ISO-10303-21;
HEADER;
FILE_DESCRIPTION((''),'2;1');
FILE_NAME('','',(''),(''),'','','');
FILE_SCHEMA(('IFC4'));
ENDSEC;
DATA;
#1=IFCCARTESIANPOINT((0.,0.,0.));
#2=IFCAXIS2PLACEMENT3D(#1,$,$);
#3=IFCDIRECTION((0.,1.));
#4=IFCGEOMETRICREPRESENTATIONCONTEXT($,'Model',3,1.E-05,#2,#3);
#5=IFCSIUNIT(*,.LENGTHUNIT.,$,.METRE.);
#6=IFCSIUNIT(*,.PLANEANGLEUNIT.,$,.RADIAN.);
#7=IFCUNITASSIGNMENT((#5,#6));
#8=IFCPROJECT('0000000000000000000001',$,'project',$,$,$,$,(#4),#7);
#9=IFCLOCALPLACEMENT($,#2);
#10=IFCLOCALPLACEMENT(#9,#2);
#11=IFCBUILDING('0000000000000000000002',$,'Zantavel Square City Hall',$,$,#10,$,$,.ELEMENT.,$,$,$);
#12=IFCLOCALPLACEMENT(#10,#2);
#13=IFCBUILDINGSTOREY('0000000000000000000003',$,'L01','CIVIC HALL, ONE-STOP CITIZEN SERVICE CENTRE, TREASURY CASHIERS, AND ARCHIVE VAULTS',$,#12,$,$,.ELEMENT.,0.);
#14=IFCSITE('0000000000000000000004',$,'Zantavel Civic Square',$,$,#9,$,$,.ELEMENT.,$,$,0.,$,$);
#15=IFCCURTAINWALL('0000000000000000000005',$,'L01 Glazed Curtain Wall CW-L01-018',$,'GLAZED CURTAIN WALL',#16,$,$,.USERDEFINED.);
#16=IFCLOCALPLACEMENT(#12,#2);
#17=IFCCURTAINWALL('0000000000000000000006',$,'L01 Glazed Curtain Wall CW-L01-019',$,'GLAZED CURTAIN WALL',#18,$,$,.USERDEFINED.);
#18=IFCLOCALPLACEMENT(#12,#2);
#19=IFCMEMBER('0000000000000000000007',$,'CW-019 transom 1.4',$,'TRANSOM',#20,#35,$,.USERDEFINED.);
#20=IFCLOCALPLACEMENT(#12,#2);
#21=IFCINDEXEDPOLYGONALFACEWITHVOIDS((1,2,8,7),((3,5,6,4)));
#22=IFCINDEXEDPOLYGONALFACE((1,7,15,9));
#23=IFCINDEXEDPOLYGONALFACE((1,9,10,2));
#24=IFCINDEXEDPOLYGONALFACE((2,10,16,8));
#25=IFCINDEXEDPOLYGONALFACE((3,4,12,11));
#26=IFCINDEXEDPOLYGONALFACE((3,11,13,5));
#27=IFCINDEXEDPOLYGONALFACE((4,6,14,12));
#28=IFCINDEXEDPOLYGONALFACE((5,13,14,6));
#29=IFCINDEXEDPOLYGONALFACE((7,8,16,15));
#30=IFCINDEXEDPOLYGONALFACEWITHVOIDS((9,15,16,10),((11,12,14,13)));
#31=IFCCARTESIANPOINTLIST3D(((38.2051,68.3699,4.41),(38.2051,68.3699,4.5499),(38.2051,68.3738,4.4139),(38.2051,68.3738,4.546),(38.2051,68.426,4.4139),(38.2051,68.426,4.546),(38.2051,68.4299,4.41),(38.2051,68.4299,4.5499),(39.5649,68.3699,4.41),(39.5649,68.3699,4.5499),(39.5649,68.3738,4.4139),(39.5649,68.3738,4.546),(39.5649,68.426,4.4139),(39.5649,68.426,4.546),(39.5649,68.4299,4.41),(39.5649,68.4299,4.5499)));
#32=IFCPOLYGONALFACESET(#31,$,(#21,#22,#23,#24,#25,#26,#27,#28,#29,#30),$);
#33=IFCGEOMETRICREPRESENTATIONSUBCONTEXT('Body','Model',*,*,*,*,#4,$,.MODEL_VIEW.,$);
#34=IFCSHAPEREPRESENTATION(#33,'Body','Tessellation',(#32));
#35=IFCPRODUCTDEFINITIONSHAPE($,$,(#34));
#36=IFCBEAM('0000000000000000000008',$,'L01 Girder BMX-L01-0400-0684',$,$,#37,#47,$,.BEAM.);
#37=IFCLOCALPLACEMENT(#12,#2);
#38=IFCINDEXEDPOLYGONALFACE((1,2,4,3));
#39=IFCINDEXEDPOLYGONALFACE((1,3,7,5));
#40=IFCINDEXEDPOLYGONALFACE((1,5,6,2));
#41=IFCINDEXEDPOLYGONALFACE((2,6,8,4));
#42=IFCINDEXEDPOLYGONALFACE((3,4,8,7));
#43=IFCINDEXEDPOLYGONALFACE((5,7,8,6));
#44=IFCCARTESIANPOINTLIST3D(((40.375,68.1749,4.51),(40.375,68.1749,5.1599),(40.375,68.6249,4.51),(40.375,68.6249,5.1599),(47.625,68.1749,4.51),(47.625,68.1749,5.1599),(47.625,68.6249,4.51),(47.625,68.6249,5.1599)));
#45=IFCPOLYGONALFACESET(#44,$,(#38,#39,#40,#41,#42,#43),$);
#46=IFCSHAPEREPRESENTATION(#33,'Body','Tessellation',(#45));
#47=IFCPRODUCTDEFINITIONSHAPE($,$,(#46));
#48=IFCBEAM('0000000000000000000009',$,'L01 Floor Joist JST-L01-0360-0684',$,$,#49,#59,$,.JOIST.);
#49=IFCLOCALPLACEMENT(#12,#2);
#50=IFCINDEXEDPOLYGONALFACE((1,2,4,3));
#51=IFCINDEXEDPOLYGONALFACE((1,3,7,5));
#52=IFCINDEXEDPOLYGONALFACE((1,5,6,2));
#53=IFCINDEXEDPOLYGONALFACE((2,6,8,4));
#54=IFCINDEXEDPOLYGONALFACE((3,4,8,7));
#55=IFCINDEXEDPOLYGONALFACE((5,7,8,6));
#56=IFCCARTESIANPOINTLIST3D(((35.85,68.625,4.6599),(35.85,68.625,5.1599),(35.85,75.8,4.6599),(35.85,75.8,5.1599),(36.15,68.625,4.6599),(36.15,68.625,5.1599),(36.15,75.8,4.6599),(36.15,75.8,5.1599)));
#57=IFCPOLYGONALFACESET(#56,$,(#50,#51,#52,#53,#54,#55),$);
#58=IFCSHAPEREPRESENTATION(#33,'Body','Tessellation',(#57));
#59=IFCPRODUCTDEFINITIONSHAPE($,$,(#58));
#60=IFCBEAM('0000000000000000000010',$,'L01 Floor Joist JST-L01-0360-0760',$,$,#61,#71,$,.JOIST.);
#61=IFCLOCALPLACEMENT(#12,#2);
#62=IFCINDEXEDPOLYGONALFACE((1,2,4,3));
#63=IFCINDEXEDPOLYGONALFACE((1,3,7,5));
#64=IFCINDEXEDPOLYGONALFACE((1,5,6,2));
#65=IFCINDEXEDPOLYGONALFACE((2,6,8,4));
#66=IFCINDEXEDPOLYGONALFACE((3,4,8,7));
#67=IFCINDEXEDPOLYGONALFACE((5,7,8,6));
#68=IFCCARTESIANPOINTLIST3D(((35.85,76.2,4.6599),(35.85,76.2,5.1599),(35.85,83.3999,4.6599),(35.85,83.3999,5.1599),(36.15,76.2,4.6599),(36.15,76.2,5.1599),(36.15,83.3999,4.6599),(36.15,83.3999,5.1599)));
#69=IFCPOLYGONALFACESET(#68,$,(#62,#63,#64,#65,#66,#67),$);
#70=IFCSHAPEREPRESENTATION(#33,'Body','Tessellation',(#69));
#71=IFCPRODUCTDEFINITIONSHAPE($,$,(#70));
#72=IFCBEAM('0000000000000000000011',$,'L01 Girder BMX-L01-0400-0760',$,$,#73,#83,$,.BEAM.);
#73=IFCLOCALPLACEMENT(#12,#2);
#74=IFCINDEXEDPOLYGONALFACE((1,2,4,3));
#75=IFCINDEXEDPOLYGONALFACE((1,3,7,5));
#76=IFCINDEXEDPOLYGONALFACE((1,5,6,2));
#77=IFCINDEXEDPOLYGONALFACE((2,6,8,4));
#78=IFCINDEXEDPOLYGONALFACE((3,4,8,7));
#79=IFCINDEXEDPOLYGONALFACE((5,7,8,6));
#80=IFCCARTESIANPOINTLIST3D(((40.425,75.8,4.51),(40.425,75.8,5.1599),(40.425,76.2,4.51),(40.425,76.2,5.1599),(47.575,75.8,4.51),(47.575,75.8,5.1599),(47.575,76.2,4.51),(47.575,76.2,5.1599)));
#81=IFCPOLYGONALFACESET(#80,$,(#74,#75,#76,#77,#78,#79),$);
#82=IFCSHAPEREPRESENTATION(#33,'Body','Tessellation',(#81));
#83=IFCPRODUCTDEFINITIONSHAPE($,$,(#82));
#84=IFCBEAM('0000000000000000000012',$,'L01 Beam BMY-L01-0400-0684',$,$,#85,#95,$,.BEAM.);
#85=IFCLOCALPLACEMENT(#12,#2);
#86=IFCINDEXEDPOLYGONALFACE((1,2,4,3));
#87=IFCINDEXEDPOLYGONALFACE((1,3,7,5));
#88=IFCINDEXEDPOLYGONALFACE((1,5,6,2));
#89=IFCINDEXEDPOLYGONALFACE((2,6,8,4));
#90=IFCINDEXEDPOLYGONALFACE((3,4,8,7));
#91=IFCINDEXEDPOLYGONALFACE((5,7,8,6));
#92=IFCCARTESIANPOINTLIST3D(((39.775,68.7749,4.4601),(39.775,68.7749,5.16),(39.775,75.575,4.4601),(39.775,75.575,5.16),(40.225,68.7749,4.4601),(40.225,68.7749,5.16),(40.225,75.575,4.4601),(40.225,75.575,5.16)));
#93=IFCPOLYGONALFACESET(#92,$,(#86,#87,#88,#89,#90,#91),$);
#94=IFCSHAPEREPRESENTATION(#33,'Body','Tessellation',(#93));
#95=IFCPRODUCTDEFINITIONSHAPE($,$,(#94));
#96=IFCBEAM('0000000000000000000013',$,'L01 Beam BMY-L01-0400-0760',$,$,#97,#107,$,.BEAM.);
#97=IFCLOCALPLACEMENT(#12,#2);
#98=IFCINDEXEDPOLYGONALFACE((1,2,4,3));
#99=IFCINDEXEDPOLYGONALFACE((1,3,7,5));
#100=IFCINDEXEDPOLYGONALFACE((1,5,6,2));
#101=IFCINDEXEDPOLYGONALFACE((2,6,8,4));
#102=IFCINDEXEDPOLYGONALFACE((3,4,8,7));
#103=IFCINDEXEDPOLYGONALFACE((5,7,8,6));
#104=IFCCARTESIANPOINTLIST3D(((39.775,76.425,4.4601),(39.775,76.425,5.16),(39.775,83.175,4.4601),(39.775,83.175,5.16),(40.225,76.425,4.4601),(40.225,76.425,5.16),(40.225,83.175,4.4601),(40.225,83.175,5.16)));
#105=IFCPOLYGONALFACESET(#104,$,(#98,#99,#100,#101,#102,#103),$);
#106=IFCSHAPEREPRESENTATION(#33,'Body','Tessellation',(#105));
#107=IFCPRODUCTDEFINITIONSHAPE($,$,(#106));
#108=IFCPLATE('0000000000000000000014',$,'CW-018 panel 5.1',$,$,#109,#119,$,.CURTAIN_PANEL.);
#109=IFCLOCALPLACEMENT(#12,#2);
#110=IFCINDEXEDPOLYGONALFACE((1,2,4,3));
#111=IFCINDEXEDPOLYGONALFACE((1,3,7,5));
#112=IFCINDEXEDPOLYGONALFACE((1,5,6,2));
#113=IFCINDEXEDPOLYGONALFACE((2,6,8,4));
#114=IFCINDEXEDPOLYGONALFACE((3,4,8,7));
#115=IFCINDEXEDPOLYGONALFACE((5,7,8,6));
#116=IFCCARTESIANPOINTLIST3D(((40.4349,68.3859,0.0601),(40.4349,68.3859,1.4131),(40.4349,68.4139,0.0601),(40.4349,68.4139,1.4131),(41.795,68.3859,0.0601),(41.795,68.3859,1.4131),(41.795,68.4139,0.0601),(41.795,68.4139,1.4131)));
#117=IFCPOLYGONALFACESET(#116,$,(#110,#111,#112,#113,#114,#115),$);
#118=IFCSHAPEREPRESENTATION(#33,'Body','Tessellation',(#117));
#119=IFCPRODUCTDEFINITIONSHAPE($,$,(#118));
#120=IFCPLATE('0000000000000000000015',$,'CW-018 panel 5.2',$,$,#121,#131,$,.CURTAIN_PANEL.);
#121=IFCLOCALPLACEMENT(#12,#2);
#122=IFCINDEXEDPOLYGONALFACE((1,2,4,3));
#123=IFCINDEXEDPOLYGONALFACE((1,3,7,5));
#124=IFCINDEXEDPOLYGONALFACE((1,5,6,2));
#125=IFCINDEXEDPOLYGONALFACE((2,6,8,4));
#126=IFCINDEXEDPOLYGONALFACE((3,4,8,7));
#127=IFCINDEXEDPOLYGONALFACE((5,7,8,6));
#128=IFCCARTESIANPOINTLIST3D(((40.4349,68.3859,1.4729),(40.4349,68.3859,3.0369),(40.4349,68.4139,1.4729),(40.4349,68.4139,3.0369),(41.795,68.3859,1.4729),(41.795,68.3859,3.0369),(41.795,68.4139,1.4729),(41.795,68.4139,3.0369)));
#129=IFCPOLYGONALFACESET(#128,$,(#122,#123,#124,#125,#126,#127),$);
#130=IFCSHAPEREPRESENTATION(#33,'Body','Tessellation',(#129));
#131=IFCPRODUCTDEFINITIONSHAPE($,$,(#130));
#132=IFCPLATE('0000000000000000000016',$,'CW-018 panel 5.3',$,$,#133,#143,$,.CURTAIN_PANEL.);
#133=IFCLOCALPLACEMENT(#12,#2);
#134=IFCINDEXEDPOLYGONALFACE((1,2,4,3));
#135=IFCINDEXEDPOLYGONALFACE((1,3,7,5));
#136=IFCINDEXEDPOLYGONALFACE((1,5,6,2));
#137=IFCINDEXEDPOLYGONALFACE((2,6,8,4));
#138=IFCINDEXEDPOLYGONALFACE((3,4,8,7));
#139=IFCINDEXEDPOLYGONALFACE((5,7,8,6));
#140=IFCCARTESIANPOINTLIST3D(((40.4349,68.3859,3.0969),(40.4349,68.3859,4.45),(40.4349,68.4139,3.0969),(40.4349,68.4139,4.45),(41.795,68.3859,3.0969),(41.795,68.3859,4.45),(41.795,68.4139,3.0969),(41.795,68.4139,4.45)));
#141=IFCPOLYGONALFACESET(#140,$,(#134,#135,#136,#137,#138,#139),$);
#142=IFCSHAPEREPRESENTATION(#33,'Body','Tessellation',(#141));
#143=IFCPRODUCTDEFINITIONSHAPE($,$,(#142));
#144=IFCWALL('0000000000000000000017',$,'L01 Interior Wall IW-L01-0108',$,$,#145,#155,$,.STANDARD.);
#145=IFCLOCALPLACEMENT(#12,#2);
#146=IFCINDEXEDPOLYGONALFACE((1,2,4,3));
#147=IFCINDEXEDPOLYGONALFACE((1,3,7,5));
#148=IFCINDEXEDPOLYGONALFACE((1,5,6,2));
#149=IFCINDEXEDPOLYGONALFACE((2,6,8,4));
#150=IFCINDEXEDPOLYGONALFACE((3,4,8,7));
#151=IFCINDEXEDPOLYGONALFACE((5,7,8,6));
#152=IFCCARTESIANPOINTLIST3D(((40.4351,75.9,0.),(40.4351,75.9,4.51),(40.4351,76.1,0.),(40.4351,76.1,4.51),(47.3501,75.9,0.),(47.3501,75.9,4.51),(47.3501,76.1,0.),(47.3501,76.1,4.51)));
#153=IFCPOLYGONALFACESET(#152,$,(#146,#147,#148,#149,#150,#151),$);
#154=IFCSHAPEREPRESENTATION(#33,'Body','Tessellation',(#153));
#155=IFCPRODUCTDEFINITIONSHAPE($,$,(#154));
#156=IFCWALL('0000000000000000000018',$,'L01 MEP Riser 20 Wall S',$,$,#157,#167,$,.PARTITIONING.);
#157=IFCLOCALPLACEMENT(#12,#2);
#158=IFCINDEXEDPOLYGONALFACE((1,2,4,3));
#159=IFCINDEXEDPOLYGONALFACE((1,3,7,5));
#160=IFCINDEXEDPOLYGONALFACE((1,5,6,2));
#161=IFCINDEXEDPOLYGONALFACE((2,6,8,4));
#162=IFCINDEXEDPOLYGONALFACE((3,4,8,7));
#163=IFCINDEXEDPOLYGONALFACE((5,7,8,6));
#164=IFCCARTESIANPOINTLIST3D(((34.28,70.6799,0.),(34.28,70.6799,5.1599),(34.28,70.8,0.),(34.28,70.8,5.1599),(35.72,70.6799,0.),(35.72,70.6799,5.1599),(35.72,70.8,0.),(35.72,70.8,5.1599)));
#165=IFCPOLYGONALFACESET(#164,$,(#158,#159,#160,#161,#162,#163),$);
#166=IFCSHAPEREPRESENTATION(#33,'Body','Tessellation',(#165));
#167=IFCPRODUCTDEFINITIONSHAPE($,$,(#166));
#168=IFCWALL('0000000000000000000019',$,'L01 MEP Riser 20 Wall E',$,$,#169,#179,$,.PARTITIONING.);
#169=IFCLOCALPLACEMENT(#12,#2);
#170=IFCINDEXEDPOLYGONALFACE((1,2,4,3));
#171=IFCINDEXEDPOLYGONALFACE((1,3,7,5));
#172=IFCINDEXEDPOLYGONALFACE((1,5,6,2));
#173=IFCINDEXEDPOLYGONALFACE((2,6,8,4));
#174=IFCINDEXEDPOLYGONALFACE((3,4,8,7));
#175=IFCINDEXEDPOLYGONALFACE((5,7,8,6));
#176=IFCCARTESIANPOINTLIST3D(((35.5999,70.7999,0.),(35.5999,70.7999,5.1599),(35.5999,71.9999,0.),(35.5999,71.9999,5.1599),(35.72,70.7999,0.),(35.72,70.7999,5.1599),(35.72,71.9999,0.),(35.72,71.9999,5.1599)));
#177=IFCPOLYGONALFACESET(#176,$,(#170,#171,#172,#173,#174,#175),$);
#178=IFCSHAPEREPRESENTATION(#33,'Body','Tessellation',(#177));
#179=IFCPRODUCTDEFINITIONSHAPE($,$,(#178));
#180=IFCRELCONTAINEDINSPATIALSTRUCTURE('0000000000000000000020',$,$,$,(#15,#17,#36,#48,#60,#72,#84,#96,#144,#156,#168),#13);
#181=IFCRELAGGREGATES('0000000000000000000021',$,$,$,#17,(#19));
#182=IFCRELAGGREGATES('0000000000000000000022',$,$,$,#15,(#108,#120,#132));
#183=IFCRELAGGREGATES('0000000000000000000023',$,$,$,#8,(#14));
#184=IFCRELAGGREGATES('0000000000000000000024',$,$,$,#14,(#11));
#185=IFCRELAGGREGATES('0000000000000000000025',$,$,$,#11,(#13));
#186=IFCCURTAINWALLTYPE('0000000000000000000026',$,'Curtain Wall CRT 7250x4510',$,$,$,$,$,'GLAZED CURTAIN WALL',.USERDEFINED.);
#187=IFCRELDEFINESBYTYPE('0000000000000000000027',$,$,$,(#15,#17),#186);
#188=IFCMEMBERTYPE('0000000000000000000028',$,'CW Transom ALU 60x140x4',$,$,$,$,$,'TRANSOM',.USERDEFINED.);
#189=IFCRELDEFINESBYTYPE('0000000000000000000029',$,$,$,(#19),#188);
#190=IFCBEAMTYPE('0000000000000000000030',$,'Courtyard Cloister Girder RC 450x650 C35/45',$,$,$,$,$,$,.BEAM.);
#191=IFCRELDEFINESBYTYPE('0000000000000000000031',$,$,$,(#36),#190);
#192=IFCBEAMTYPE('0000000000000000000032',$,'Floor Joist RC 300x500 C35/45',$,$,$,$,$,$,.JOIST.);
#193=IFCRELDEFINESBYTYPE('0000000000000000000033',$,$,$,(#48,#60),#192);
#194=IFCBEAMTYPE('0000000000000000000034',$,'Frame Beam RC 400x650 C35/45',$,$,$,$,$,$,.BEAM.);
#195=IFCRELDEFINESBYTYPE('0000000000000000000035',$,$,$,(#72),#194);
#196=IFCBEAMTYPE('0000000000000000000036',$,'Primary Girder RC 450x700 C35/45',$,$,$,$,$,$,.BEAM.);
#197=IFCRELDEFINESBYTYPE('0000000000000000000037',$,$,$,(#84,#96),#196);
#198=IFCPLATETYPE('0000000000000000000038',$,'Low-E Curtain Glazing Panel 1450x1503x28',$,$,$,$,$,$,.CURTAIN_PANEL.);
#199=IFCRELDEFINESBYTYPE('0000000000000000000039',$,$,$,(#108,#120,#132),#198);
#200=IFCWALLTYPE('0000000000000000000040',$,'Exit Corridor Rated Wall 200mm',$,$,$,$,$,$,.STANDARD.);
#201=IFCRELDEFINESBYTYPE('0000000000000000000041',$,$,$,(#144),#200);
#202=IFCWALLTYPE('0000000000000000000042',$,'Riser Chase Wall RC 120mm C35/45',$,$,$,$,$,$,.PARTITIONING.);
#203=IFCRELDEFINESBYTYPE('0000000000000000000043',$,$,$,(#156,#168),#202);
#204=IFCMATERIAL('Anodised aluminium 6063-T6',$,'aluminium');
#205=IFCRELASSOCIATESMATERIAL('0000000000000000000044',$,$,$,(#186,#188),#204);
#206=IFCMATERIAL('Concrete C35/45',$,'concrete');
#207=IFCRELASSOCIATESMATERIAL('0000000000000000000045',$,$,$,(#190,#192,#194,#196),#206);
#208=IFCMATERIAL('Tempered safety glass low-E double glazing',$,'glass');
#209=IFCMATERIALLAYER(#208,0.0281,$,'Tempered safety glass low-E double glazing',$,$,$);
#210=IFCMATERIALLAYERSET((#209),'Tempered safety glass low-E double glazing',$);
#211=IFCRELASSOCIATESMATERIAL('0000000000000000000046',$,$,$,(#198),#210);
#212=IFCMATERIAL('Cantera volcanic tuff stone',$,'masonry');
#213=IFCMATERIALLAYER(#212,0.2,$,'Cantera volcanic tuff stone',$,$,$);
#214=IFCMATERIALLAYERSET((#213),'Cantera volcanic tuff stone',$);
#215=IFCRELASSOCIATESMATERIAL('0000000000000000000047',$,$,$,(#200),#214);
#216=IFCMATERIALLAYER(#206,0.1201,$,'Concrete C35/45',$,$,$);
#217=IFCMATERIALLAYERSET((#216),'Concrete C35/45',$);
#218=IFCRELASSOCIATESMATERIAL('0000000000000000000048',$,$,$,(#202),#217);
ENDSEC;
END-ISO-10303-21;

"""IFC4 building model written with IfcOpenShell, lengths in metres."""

from ifc_helpers import new_model, si_unit, direction, frame, frame_2d, origin, origin_2d, place, context, subcontext, project, spatial, rectangle, hollow_rectangle, extrude, material, layer, layer_set, material_profile, profile_set, type_object, element, aggregate, save


model = new_model("IFC4")

# Units and contexts
model_context = context("Model", 3, precision=1e-05, world=origin(), true_north=direction((0.0, 1.0)))
body_context = subcontext(model_context, "Body", "Model", "MODEL_VIEW")
ifc_project = project(units=[si_unit("LENGTHUNIT", "METRE"), si_unit("PLANEANGLEUNIT", "RADIAN")], contexts=[model_context])

# Site, building, storey
site_placement = place(None, origin())
site = spatial("IfcSite", under=ifc_project, at=site_placement, Name="Zantavel Civic Square", CompositionType="ELEMENT", RefElevation=0.0)
building_placement = place(site_placement, origin())
building = spatial("IfcBuilding", under=site, at=building_placement, Name="Zantavel Square City Hall", CompositionType="ELEMENT")
storey_placement = place(building_placement, origin())
storey = spatial("IfcBuildingStorey", under=building, at=storey_placement, Name="L01", Description="CIVIC HALL, ONE-STOP CITIZEN SERVICE CENTRE, TREASURY CASHIERS, AND ARCHIVE VAULTS", CompositionType="ELEMENT", Elevation=0.0)

# Curtain walls
ifc_material_1 = material(Name="Anodised aluminium 6063-T6", Category="aluminium")
curtain_wall_type = type_object("IfcCurtainWallType", Name="Curtain Wall CRT 7250x4510", ElementType="GLAZED CURTAIN WALL", PredefinedType="USERDEFINED", material=ifc_material_1)
curtain_wall_1_placement = place(storey_placement, origin())
curtain_wall_1 = element("IfcCurtainWall", 1, at=curtain_wall_1_placement, inside=storey, type_object=curtain_wall_type, Name="L01 Glazed Curtain Wall CW-L01-018", ObjectType="GLAZED CURTAIN WALL", PredefinedType="USERDEFINED")
curtain_wall_2_placement = place(storey_placement, origin())
curtain_wall_2 = element("IfcCurtainWall", 2, at=curtain_wall_2_placement, inside=storey, type_object=curtain_wall_type, Name="L01 Glazed Curtain Wall CW-L01-019", ObjectType="GLAZED CURTAIN WALL", PredefinedType="USERDEFINED")

# Member
ifc_material_profile_1 = material_profile(ifc_material_1, hollow_rectangle(XDim=0.0601, YDim=0.1399, WallThickness=0.0039, at=origin_2d()), Name="ALU 60x140x4")
ifc_profile_set_1 = profile_set([ifc_material_profile_1], Name="Anodised aluminium 6063-T6")
member_type_1 = type_object("IfcMemberType", Name="CW Transom ALU 60x140x4", ElementType="TRANSOM", PredefinedType="USERDEFINED", material=ifc_profile_set_1)
member_1_placement = place(storey_placement, frame((39.5649, 68.3999, 4.48), z_axis=(-1.0, 0.0, 0.0), x_axis=(0.0, -1.0, 0.0)))
member_1 = element("IfcMember", 3, at=member_1_placement, type_object=member_type_1, Name="CW-019 transom 1.4", ObjectType="TRANSOM", PredefinedType="USERDEFINED", context=body_context, shape_type="SweptSolid", body=[
    extrude(hollow_rectangle(XDim=0.0601, YDim=0.1399, WallThickness=0.0039, at=origin_2d()), origin(), (0.0, 0.0, 1.0), 1.3599),
])
aggregate(curtain_wall_2, [member_1])

# Beams
ifc_material_2 = material(Name="Concrete C35/45", Category="concrete")
ifc_material_profile_2 = material_profile(ifc_material_2, rectangle(XDim=0.45, YDim=0.6499, at=origin_2d()), Name="RC 450x650")
ifc_profile_set_2 = profile_set([ifc_material_profile_2], Name="Concrete C35/45")
beam_type_1 = type_object("IfcBeamType", Name="Courtyard Cloister Girder RC 450x650 C35/45", PredefinedType="BEAM", material=ifc_profile_set_2)
beam_1_placement = place(storey_placement, frame((40.375, 68.3999, 4.835), z_axis=(1.0, 0.0, 0.0), x_axis=(0.0, 1.0, 0.0)))
element("IfcBeam", 4, at=beam_1_placement, inside=storey, type_object=beam_type_1, Name="L01 Girder BMX-L01-0400-0684", PredefinedType="BEAM", context=body_context, shape_type="SweptSolid", body=[
    extrude(rectangle(XDim=0.45, YDim=0.6499, at=origin_2d()), origin(), (0.0, 0.0, 1.0), 7.25),
])
ifc_material_profile_3 = material_profile(ifc_material_2, rectangle(XDim=0.3, YDim=0.5, at=origin_2d()), Name="RC 300x500")
ifc_profile_set_3 = profile_set([ifc_material_profile_3], Name="Concrete C35/45")
beam_type_2 = type_object("IfcBeamType", Name="Floor Joist RC 300x500 C35/45", PredefinedType="JOIST", material=ifc_profile_set_3)
beam_2_placement = place(storey_placement, frame((36.0, 68.625, 4.9099), z_axis=(0.0, 1.0, 0.0), x_axis=(-1.0, 0.0, 0.0)))
element("IfcBeam", 5, at=beam_2_placement, inside=storey, type_object=beam_type_2, Name="L01 Floor Joist JST-L01-0360-0684", PredefinedType="JOIST", context=body_context, shape_type="SweptSolid", body=[
    extrude(rectangle(XDim=0.3, YDim=0.5, at=origin_2d()), origin(), (0.0, 0.0, 1.0), 7.175),
])
beam_3_placement = place(storey_placement, frame((36.0, 76.2, 4.9099), z_axis=(0.0, 1.0, 0.0), x_axis=(-1.0, 0.0, 0.0)))
element("IfcBeam", 6, at=beam_3_placement, inside=storey, type_object=beam_type_2, Name="L01 Floor Joist JST-L01-0360-0760", PredefinedType="JOIST", context=body_context, shape_type="SweptSolid", body=[
    extrude(rectangle(XDim=0.3, YDim=0.5, at=origin_2d()), origin(), (0.0, 0.0, 1.0), 7.2),
])
ifc_material_profile_4 = material_profile(ifc_material_2, rectangle(XDim=0.3999, YDim=0.6499, at=origin_2d()), Name="RC 400x650")
ifc_profile_set_4 = profile_set([ifc_material_profile_4], Name="Concrete C35/45")
beam_type_3 = type_object("IfcBeamType", Name="Frame Beam RC 400x650 C35/45", PredefinedType="BEAM", material=ifc_profile_set_4)
beam_4_placement = place(storey_placement, frame((40.425, 76.0, 4.835), z_axis=(1.0, 0.0, 0.0), x_axis=(0.0, 1.0, 0.0)))
element("IfcBeam", 7, at=beam_4_placement, inside=storey, type_object=beam_type_3, Name="L01 Girder BMX-L01-0400-0760", PredefinedType="BEAM", context=body_context, shape_type="SweptSolid", body=[
    extrude(rectangle(XDim=0.3999, YDim=0.6499, at=origin_2d()), origin(), (0.0, 0.0, 1.0), 7.1499),
])
ifc_material_profile_5 = material_profile(ifc_material_2, rectangle(XDim=0.45, YDim=0.7, at=origin_2d()), Name="RC 450x700")
ifc_profile_set_5 = profile_set([ifc_material_profile_5], Name="Concrete C35/45")
beam_type_4 = type_object("IfcBeamType", Name="Primary Girder RC 450x700 C35/45", PredefinedType="BEAM", material=ifc_profile_set_5)
beam_5_placement = place(storey_placement, frame((40.0, 68.7749, 4.8101), z_axis=(0.0, 1.0, 0.0), x_axis=(-1.0, 0.0, 0.0)))
element("IfcBeam", 8, at=beam_5_placement, inside=storey, type_object=beam_type_4, Name="L01 Beam BMY-L01-0400-0684", PredefinedType="BEAM", context=body_context, shape_type="SweptSolid", body=[
    extrude(rectangle(XDim=0.45, YDim=0.7, at=origin_2d()), origin(), (0.0, 0.0, 1.0), 6.8),
])
beam_6_placement = place(storey_placement, frame((40.0, 76.425, 4.8101), z_axis=(0.0, 1.0, 0.0), x_axis=(-1.0, 0.0, 0.0)))
element("IfcBeam", 9, at=beam_6_placement, inside=storey, type_object=beam_type_4, Name="L01 Beam BMY-L01-0400-0760", PredefinedType="BEAM", context=body_context, shape_type="SweptSolid", body=[
    extrude(rectangle(XDim=0.45, YDim=0.7, at=origin_2d()), origin(), (0.0, 0.0, 1.0), 6.75),
])

# Plates
ifc_material_3 = material(Name="Tempered safety glass low-E double glazing", Category="glass")
ifc_layer_1 = layer(ifc_material_3, 0.0281, Name="Tempered safety glass low-E double glazing")
ifc_layer_set_1 = layer_set([ifc_layer_1], Name="Tempered safety glass low-E double glazing")
plate_type = type_object("IfcPlateType", Name="Low-E Curtain Glazing Panel 1450x1503x28", PredefinedType="CURTAIN_PANEL", material=ifc_layer_set_1)
plate_1_placement = place(storey_placement, frame((41.115, 68.3999, 0.0601), z_axis=(0.0, 0.0, 1.0), x_axis=(-1.0, 0.0, 0.0)))
plate_1 = element("IfcPlate", 10, at=plate_1_placement, type_object=plate_type, Name="CW-018 panel 5.1", PredefinedType="CURTAIN_PANEL", context=body_context, shape_type="SweptSolid", body=[
    extrude(rectangle(XDim=1.3601, YDim=0.0281, at=origin_2d()), origin(), (0.0, 0.0, 1.0), 1.353),
])
plate_2_placement = place(storey_placement, frame((41.115, 68.3999, 1.4729), z_axis=(0.0, 0.0, 1.0), x_axis=(-1.0, 0.0, 0.0)))
plate_2 = element("IfcPlate", 11, at=plate_2_placement, type_object=plate_type, Name="CW-018 panel 5.2", PredefinedType="CURTAIN_PANEL", context=body_context, shape_type="SweptSolid", body=[
    extrude(rectangle(XDim=1.3601, YDim=0.0281, at=origin_2d()), origin(), (0.0, 0.0, 1.0), 1.564),
])
plate_3_placement = place(storey_placement, frame((41.115, 68.3999, 3.0969), z_axis=(0.0, 0.0, 1.0), x_axis=(-1.0, 0.0, 0.0)))
plate_3 = element("IfcPlate", 12, at=plate_3_placement, type_object=plate_type, Name="CW-018 panel 5.3", PredefinedType="CURTAIN_PANEL", context=body_context, shape_type="SweptSolid", body=[
    extrude(rectangle(XDim=1.3601, YDim=0.0281, at=origin_2d()), origin(), (0.0, 0.0, 1.0), 1.353),
])
aggregate(curtain_wall_1, [plate_1, plate_2, plate_3])

# Walls
ifc_material_4 = material(Name="Cantera volcanic tuff stone", Category="masonry")
ifc_layer_2 = layer(ifc_material_4, 0.2, Name="Cantera volcanic tuff stone")
ifc_layer_set_2 = layer_set([ifc_layer_2], Name="Cantera volcanic tuff stone")
wall_type_1 = type_object("IfcWallType", Name="Exit Corridor Rated Wall 200mm", PredefinedType="STANDARD", material=ifc_layer_set_2)
wall_1_placement = place(storey_placement, frame((40.4351, 76.0, 0.0), z_axis=(0.0, 0.0, 1.0), x_axis=(1.0, 0.0, 0.0)))
element("IfcWall", 13, at=wall_1_placement, inside=storey, type_object=wall_type_1, Name="L01 Interior Wall IW-L01-0108", PredefinedType="STANDARD", context=body_context, shape_type="SweptSolid", body=[
    extrude(rectangle(XDim=6.915, YDim=0.2, at=frame_2d((3.4575, 0.0))), origin(), (0.0, 0.0, 1.0), 4.51),
])
ifc_layer_3 = layer(ifc_material_2, 0.1201, Name="Concrete C35/45")
ifc_layer_set_3 = layer_set([ifc_layer_3], Name="Concrete C35/45")
wall_type_2 = type_object("IfcWallType", Name="Riser Chase Wall RC 120mm C35/45", PredefinedType="PARTITIONING", material=ifc_layer_set_3)
wall_2_placement = place(storey_placement, frame((35.72, 70.74, 0.0), z_axis=(0.0, 0.0, 1.0), x_axis=(-1.0, 0.0, 0.0)))
element("IfcWall", 14, at=wall_2_placement, inside=storey, type_object=wall_type_2, Name="L01 MEP Riser 20 Wall S", PredefinedType="PARTITIONING", context=body_context, shape_type="SweptSolid", body=[
    extrude(rectangle(XDim=1.4399, YDim=0.1201, at=frame_2d((0.72, 0.0))), origin(), (0.0, 0.0, 1.0), 5.1599),
])
wall_3_placement = place(storey_placement, frame((35.6599, 72.0, 0.0), z_axis=(0.0, 0.0, 1.0), x_axis=(0.0, -1.0, 0.0)))
element("IfcWall", 15, at=wall_3_placement, inside=storey, type_object=wall_type_2, Name="L01 MEP Riser 20 Wall E", PredefinedType="PARTITIONING", context=body_context, shape_type="SweptSolid", body=[
    extrude(rectangle(XDim=1.2, YDim=0.1201, at=frame_2d((0.6001, 0.0))), origin(), (0.0, 0.0, 1.0), 5.1599),
])

save(model, "model.ifc")
